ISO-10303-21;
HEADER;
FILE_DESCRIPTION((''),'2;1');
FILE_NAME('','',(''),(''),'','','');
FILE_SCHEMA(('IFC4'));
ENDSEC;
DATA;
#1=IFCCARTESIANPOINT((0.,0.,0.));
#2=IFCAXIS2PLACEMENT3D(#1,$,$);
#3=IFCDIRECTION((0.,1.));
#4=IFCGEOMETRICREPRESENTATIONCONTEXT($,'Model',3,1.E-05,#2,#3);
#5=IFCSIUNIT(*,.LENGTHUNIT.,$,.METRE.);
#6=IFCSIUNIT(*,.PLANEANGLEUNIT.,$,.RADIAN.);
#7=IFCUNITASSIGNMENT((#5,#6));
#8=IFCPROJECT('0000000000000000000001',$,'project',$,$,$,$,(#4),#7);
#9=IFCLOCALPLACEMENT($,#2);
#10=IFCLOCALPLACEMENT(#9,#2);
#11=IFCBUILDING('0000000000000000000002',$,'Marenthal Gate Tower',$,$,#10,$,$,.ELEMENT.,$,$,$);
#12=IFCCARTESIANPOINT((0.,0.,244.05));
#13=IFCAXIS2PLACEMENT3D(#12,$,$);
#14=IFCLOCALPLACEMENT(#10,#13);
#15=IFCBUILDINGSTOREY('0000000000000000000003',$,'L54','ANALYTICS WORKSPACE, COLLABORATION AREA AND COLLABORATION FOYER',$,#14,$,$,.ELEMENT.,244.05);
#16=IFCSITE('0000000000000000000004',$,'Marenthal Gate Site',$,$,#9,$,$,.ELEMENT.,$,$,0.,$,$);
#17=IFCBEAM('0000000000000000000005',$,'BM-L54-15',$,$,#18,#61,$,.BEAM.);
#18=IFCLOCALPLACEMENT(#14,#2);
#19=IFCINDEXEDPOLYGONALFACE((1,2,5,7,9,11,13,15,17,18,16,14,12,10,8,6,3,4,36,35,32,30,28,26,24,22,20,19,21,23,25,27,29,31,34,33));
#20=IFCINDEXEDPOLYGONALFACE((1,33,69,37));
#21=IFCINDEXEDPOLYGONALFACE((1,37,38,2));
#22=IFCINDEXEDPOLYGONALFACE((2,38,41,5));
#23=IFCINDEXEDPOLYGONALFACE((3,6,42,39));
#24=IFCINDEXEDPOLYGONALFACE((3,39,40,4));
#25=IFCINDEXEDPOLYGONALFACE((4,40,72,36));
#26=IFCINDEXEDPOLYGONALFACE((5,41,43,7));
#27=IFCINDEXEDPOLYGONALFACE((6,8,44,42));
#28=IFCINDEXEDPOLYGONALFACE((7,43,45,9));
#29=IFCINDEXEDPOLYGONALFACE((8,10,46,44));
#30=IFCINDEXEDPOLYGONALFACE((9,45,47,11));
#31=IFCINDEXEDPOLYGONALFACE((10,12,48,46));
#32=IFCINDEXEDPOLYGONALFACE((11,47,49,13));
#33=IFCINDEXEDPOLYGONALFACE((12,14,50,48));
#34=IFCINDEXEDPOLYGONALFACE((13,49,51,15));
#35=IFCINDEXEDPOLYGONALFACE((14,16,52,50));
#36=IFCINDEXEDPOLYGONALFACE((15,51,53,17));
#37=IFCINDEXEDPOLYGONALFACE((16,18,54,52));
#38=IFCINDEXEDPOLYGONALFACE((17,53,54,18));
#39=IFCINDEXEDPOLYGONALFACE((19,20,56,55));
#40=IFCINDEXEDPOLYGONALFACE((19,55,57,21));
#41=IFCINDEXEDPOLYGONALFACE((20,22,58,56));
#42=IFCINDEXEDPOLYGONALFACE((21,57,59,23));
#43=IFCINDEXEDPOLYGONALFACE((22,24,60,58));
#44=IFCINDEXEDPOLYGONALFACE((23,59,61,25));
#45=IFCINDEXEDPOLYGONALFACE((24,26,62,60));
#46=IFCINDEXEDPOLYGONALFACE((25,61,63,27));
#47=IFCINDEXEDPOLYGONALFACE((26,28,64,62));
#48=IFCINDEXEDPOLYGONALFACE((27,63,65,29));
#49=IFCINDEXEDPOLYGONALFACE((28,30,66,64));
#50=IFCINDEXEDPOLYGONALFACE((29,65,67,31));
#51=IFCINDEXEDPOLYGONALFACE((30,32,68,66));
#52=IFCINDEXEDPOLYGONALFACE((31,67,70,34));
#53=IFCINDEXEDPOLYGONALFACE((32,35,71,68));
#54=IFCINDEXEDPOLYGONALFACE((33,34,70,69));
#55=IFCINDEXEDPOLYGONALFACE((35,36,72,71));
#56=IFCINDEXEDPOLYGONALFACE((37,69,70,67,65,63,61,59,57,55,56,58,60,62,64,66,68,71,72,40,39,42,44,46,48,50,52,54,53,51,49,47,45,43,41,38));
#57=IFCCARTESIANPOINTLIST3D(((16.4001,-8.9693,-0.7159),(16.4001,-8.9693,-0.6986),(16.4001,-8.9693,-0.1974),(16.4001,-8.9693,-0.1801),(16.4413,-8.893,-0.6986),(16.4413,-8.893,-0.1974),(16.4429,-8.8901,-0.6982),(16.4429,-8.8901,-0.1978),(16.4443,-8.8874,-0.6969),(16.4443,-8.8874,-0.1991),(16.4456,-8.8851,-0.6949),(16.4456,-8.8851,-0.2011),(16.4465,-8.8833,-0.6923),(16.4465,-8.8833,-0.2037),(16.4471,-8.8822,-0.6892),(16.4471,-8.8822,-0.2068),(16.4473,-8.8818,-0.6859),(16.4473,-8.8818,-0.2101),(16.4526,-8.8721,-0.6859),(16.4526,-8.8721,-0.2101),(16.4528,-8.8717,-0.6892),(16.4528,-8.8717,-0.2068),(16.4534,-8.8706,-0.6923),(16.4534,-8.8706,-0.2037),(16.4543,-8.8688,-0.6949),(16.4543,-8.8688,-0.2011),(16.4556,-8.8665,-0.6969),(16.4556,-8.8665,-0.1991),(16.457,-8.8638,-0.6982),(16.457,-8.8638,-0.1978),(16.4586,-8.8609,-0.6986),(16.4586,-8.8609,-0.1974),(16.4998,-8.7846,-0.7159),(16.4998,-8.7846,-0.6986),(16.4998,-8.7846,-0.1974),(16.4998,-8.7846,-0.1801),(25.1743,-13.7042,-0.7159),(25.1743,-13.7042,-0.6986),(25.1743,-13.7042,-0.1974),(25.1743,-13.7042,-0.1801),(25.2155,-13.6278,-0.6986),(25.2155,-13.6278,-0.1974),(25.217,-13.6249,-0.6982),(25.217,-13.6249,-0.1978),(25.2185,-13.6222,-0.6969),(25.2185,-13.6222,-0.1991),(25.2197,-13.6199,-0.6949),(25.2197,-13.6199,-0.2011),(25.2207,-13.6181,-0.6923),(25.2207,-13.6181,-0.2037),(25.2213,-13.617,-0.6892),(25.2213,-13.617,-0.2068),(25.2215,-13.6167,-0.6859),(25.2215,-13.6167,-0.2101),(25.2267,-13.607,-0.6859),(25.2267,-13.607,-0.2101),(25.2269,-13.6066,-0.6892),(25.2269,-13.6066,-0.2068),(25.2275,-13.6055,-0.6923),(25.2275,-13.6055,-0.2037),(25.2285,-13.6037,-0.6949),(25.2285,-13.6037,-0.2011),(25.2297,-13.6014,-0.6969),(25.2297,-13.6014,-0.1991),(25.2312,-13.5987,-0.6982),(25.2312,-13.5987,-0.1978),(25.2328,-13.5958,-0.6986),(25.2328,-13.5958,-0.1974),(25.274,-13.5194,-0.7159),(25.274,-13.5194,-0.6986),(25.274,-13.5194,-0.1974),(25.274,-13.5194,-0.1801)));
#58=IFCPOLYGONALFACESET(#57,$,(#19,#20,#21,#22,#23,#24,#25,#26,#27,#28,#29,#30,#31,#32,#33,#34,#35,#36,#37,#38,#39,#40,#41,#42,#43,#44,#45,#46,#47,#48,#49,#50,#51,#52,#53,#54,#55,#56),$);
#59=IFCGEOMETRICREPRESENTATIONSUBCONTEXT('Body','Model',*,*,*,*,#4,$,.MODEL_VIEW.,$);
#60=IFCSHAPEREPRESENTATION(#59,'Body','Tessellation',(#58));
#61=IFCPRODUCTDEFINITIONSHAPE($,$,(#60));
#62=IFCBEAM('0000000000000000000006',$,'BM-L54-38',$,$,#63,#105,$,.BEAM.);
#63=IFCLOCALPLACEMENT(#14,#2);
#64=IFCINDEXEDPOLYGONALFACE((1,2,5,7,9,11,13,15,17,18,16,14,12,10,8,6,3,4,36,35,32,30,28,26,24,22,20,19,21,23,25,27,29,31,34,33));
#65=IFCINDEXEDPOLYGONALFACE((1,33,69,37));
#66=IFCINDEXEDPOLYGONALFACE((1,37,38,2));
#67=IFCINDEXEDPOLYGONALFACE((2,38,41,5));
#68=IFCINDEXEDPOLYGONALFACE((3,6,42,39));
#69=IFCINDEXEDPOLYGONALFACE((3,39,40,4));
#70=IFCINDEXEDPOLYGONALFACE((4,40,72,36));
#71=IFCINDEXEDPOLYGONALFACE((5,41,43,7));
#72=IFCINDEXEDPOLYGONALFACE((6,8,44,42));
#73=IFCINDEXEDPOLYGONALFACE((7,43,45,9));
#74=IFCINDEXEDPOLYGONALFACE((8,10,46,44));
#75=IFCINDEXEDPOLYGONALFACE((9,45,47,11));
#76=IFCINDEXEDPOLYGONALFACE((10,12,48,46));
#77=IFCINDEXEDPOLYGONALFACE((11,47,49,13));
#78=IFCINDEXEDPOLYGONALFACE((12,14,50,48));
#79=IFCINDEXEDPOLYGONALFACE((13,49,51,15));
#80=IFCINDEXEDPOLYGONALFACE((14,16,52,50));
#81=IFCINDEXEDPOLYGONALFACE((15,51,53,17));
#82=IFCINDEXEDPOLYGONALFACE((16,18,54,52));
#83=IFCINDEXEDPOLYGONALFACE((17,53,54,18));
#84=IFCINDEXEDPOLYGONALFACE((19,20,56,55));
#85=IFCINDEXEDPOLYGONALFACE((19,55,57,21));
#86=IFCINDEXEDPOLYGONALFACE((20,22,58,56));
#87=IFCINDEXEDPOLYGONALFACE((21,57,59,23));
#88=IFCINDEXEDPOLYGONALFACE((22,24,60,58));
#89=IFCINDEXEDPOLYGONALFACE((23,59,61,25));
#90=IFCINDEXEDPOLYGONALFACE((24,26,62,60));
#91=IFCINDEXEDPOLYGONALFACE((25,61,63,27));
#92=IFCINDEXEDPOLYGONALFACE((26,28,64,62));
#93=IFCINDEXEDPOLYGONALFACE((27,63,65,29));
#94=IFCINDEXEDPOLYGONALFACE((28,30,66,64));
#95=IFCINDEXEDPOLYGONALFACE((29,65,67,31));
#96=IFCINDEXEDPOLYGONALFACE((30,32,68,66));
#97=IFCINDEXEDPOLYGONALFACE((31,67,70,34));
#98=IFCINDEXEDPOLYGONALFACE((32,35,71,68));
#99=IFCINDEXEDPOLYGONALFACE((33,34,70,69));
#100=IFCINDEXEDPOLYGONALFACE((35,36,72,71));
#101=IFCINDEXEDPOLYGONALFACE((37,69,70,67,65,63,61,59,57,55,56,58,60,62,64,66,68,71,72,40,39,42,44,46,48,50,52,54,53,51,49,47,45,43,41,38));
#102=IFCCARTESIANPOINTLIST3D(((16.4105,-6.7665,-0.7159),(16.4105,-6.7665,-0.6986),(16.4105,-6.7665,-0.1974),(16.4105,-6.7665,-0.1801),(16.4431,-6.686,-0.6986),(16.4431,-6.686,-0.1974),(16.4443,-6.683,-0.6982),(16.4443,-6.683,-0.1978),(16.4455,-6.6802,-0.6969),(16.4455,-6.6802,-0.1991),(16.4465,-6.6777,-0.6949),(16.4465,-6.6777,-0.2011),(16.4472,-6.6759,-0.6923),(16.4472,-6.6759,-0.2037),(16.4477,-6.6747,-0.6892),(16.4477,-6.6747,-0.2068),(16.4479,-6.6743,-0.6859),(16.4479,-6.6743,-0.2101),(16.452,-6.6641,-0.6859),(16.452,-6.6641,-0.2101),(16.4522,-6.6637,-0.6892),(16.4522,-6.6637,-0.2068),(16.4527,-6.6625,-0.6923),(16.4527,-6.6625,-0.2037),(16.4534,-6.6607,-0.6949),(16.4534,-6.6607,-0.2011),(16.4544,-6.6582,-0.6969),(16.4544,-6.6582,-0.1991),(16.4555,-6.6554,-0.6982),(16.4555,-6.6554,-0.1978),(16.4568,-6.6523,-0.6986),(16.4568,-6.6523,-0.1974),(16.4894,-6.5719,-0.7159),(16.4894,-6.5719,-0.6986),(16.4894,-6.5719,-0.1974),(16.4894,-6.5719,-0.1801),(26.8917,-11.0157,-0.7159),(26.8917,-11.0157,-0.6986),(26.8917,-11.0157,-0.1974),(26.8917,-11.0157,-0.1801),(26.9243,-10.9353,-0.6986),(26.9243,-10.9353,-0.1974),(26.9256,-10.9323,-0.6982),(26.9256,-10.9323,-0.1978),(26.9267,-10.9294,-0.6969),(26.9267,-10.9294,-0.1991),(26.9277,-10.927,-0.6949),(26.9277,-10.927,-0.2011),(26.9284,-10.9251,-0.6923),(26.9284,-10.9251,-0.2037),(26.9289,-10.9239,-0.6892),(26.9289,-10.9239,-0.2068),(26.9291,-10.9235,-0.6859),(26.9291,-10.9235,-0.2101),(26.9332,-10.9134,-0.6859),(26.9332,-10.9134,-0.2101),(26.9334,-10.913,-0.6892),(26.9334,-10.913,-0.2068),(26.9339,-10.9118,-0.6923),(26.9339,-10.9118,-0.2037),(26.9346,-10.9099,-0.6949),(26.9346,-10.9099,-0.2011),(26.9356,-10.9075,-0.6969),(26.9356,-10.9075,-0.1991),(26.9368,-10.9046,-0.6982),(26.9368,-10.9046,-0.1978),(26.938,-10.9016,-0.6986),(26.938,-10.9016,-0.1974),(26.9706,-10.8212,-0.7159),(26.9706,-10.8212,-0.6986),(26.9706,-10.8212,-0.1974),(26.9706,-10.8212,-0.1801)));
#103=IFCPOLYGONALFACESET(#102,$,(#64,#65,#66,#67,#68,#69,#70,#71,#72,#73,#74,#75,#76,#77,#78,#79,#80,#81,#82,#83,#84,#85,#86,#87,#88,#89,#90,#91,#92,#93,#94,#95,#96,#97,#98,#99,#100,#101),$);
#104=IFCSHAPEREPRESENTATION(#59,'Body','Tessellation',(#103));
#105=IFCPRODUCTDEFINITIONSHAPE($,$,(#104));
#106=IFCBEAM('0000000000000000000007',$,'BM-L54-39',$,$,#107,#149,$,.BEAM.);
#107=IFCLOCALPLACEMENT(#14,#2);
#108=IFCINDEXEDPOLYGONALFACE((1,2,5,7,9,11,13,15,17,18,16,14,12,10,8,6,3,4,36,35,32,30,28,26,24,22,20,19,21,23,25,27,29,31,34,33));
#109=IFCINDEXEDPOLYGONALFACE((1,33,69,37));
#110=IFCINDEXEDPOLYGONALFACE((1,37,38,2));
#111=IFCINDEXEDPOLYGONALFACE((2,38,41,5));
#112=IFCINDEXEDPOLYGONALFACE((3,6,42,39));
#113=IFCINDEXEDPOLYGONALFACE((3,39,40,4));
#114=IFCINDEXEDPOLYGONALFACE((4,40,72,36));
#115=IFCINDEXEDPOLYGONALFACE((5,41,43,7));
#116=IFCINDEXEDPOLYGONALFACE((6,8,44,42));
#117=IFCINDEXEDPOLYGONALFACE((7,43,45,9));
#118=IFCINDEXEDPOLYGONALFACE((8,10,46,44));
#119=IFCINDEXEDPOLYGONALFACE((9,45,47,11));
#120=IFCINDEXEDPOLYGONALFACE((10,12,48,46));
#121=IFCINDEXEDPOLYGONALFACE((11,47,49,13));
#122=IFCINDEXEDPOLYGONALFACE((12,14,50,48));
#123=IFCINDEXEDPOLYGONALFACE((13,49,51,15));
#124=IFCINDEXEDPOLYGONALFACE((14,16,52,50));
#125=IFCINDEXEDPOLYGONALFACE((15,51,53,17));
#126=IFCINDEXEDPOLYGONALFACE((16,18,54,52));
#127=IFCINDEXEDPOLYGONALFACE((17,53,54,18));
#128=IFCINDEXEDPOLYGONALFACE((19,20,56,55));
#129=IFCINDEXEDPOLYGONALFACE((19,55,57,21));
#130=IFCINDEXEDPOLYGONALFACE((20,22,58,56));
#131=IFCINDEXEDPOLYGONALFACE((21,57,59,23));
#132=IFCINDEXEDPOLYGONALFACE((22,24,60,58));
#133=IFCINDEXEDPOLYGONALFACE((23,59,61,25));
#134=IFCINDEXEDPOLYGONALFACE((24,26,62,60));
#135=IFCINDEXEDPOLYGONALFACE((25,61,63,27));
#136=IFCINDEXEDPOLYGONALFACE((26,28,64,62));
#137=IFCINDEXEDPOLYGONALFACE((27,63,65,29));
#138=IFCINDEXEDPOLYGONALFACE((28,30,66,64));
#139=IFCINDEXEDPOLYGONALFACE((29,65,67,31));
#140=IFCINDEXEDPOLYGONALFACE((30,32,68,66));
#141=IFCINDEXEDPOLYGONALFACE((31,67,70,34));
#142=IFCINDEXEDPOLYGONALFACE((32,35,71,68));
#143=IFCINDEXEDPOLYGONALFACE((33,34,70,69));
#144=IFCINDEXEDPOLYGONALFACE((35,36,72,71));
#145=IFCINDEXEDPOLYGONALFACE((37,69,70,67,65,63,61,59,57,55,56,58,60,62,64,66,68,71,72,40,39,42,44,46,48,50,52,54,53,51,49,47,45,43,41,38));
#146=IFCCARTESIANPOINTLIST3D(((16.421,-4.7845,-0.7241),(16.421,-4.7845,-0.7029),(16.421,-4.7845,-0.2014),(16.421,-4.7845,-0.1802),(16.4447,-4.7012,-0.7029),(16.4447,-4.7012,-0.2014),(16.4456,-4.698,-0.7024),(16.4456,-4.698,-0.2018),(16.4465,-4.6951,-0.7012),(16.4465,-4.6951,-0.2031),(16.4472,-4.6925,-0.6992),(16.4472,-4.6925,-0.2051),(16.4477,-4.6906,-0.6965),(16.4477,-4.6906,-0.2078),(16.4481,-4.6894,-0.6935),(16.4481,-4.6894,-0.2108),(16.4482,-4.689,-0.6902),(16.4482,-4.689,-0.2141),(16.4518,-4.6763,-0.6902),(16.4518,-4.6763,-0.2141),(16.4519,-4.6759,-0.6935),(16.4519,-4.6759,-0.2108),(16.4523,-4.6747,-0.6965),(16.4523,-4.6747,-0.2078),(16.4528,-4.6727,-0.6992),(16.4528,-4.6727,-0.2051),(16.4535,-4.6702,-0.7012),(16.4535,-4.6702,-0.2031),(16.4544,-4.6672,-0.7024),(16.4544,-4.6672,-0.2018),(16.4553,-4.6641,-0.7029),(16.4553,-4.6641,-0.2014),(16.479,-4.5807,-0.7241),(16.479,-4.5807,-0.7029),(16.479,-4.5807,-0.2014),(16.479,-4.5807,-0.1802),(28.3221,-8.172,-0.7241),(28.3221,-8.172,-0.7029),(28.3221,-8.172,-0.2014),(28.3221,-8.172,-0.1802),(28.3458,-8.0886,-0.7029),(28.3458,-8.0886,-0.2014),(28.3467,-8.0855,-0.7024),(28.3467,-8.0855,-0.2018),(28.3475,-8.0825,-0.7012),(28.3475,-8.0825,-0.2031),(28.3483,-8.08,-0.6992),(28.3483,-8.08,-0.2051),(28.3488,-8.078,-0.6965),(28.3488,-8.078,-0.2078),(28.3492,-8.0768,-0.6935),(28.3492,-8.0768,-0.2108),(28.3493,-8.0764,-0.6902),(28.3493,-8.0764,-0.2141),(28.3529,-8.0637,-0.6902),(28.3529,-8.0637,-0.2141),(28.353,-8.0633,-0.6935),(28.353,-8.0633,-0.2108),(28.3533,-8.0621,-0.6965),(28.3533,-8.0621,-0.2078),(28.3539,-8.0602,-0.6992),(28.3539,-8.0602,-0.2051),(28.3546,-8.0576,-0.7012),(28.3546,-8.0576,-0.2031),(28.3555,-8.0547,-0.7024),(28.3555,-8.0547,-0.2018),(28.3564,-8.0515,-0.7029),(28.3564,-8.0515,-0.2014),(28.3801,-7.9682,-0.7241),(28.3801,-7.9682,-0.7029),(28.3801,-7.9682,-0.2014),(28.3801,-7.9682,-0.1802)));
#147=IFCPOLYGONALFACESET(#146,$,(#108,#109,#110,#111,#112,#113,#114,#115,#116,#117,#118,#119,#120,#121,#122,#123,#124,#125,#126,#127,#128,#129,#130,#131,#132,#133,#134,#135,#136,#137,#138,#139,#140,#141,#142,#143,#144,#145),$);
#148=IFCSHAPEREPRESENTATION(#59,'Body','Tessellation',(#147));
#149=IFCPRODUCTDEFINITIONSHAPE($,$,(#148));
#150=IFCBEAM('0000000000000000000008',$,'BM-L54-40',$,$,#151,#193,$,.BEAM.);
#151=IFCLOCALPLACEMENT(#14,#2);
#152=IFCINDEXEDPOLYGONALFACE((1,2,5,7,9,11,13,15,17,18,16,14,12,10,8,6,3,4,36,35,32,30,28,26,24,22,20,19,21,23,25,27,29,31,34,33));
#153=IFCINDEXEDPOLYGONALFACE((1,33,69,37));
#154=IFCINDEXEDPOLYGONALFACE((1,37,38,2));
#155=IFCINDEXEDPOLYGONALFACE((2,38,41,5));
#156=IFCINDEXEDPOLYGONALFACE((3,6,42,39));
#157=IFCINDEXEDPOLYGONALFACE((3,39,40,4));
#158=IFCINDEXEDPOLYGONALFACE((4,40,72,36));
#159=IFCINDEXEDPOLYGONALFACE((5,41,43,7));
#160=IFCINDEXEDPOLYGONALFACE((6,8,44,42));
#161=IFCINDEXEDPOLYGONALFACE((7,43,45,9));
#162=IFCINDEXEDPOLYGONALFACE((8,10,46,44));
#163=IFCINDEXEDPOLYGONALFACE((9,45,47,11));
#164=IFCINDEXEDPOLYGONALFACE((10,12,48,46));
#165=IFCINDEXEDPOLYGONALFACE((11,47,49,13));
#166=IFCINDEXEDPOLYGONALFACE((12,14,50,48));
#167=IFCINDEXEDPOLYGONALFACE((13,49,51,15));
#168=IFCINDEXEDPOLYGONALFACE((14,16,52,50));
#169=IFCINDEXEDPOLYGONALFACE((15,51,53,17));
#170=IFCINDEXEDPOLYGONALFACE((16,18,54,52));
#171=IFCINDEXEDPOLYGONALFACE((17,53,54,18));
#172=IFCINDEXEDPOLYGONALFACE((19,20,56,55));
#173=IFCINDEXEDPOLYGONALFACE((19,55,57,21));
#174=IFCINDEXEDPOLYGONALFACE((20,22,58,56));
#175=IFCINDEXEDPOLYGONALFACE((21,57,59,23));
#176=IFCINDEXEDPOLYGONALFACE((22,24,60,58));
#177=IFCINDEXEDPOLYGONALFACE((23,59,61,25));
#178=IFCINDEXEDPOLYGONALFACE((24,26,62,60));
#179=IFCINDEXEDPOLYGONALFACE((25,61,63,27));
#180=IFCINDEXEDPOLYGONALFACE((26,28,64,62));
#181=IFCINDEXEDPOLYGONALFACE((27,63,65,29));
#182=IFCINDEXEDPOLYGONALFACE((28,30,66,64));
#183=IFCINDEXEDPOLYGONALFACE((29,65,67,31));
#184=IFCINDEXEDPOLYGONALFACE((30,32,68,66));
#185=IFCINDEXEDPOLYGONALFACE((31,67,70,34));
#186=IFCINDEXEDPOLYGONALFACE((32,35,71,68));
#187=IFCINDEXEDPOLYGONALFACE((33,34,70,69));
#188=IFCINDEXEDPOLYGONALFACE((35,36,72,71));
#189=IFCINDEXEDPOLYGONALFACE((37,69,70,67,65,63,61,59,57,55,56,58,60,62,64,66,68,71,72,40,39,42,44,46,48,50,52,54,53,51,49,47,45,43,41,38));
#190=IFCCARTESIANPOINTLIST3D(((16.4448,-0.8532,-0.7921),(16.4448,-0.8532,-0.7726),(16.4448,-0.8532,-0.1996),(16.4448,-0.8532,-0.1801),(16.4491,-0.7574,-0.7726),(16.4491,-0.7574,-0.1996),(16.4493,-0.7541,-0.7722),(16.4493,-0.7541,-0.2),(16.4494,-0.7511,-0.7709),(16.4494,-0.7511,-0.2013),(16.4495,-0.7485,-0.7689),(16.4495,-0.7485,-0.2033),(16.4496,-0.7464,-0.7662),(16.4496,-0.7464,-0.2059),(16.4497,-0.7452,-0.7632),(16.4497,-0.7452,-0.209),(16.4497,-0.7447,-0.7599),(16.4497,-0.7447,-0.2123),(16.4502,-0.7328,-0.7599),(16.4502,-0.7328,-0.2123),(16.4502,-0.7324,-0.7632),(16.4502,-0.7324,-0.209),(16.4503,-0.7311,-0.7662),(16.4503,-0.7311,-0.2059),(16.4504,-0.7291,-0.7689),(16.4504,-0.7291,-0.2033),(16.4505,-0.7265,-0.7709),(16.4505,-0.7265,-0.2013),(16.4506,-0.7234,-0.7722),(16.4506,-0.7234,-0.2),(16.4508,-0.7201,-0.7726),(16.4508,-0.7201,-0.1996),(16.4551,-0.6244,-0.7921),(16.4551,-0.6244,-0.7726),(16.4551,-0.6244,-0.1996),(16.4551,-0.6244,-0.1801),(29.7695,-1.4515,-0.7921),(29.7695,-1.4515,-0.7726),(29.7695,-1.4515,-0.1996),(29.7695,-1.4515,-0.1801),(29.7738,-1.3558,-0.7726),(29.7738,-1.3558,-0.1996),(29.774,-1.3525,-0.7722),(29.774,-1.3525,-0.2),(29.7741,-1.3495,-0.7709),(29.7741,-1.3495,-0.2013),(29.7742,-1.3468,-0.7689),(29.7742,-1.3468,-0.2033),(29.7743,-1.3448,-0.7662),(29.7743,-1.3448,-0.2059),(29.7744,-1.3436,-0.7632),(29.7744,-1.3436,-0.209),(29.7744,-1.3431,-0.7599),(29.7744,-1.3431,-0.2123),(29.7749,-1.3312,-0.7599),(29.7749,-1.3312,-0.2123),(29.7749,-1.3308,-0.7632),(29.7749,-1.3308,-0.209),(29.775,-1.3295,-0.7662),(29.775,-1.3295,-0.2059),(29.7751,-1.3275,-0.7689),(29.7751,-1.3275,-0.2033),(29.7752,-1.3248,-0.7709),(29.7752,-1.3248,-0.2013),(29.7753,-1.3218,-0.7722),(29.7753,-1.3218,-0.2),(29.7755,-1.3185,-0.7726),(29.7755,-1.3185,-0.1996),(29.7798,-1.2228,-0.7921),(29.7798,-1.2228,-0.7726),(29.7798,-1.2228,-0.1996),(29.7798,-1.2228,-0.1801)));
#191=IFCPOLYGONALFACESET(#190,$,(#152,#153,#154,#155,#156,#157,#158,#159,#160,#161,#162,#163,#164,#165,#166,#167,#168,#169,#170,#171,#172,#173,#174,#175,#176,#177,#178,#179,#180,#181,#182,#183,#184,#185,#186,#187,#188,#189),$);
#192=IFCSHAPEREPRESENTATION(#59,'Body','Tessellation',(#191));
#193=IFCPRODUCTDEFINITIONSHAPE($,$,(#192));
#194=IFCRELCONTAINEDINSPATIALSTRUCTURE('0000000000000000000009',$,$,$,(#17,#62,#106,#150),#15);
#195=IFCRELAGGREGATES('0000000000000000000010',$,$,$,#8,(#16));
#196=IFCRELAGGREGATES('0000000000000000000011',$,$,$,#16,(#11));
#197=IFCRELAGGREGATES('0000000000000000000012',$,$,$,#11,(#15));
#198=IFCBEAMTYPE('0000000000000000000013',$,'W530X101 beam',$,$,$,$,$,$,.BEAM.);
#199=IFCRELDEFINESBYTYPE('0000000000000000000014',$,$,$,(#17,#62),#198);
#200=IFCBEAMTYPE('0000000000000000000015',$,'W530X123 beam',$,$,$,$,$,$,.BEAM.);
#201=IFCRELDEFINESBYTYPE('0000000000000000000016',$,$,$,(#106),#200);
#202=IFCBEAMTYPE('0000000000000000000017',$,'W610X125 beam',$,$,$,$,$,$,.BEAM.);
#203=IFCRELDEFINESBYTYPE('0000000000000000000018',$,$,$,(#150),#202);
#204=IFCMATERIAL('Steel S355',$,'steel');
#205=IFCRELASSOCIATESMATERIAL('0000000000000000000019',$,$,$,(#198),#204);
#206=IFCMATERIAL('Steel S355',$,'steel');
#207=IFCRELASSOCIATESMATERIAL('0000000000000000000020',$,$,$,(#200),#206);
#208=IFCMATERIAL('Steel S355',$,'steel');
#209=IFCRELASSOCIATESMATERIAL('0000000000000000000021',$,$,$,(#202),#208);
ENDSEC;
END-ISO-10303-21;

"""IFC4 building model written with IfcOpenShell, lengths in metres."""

from ifc_helpers import new_model, si_unit, direction, frame, origin, origin_2d, place, context, subcontext, project, spatial, i_section, extrude, material, material_profile, profile_set, type_object, element, save


model = new_model("IFC4")

# Units and contexts
model_context = context("Model", 3, precision=1e-05, world=origin(), true_north=direction((0.0, 1.0)))
body_context = subcontext(model_context, "Body", "Model", "MODEL_VIEW")
ifc_project = project(units=[si_unit("LENGTHUNIT", "METRE"), si_unit("PLANEANGLEUNIT", "RADIAN")], contexts=[model_context])

# Site, building, storey
site_placement = place(None, origin())
site = spatial("IfcSite", under=ifc_project, at=site_placement, Name="Marenthal Gate Site", CompositionType="ELEMENT", RefElevation=0.0)
building_placement = place(site_placement, origin())
building = spatial("IfcBuilding", under=site, at=building_placement, Name="Marenthal Gate Tower", CompositionType="ELEMENT")
storey_placement = place(building_placement, frame((0.0, 0.0, 244.05)))
storey = spatial("IfcBuildingStorey", under=building, at=storey_placement, Name="L54", Description="ANALYTICS WORKSPACE, COLLABORATION AREA AND COLLABORATION FOYER", CompositionType="ELEMENT", Elevation=244.05)

# Beams
ifc_material_1 = material(Name="Steel S355", Category="steel")
ifc_material_profile_1 = material_profile(ifc_material_1, i_section(OverallWidth=0.21, OverallDepth=0.5359, WebThickness=0.011, FlangeThickness=0.0173, FilletRadius=0.0127, at=origin_2d()), Name="W530X101")
ifc_profile_set_1 = profile_set([ifc_material_profile_1], Name="Steel S355")
beam_type_1 = type_object("IfcBeamType", Name="W530X101 beam", PredefinedType="BEAM", material=ifc_profile_set_1)
beam_1_placement = place(storey_placement, frame((25.2241, -13.6118, -0.448), z_axis=(-0.880039, 0.474901, 0.0), x_axis=(-0.474901, -0.880039, 0.0)))
element("IfcBeam", 1, at=beam_1_placement, inside=storey, type_object=beam_type_1, Name="BM-L54-15", PredefinedType="BEAM", context=body_context, shape_type="SweptSolid", body=[
    extrude(i_section(OverallWidth=0.21, OverallDepth=0.5359, WebThickness=0.011, FlangeThickness=0.0173, FilletRadius=0.0127, at=origin_2d()), origin(), (0.0, 0.0, 1.0), 9.9702),
])
beam_2_placement = place(storey_placement, frame((26.9312, -10.9185, -0.448), z_axis=(-0.926735, 0.375715, 0.0), x_axis=(-0.375715, -0.926735, 0.0)))
element("IfcBeam", 2, at=beam_2_placement, inside=storey, type_object=beam_type_1, Name="BM-L54-38", PredefinedType="BEAM", context=body_context, shape_type="SweptSolid", body=[
    extrude(i_section(OverallWidth=0.21, OverallDepth=0.5359, WebThickness=0.011, FlangeThickness=0.0173, FilletRadius=0.0127, at=origin_2d()), origin(), (0.0, 0.0, 1.0), 11.3098),
])
ifc_material_2 = material(Name="Steel S355", Category="steel")
ifc_material_profile_2 = material_profile(ifc_material_2, i_section(OverallWidth=0.2119, OverallDepth=0.5439, WebThickness=0.0132, FlangeThickness=0.0212, FilletRadius=0.0127, at=origin_2d()), Name="W530X123")
ifc_profile_set_2 = profile_set([ifc_material_profile_2], Name="Steel S355")
beam_type_2 = type_object("IfcBeamType", Name="W530X123 beam", PredefinedType="BEAM", material=ifc_profile_set_2)
beam_3_placement = place(storey_placement, frame((28.3511, -8.0701, -0.4521), z_axis=(-0.961798, 0.273759, 0.0), x_axis=(-0.273759, -0.961798, 0.0)))
element("IfcBeam", 3, at=beam_3_placement, inside=storey, type_object=beam_type_2, Name="BM-L54-39", PredefinedType="BEAM", context=body_context, shape_type="SweptSolid", body=[
    extrude(i_section(OverallWidth=0.2119, OverallDepth=0.5439, WebThickness=0.0132, FlangeThickness=0.0212, FilletRadius=0.0127, at=origin_2d()), origin(), (0.0, 0.0, 1.0), 12.3738),
])
ifc_material_3 = material(Name="Steel S355", Category="steel")
ifc_material_profile_3 = material_profile(ifc_material_3, i_section(OverallWidth=0.229, OverallDepth=0.6121, WebThickness=0.012, FlangeThickness=0.0195, FilletRadius=0.0127, at=origin_2d()), Name="W610X125")
ifc_profile_set_3 = profile_set([ifc_material_profile_3], Name="Steel S355")
beam_type_3 = type_object("IfcBeamType", Name="W610X125 beam", PredefinedType="BEAM", material=ifc_profile_set_3)
beam_4_placement = place(storey_placement, frame((29.7747, -1.3372, -0.4861), z_axis=(-0.998993, 0.044863, 0.0), x_axis=(-0.044863, -0.998993, 0.0)))
element("IfcBeam", 4, at=beam_4_placement, inside=storey, type_object=beam_type_3, Name="BM-L54-40", PredefinedType="BEAM", context=body_context, shape_type="SweptSolid", body=[
    extrude(i_section(OverallWidth=0.229, OverallDepth=0.6121, WebThickness=0.012, FlangeThickness=0.0195, FilletRadius=0.0127, at=origin_2d()), origin(), (0.0, 0.0, 1.0), 13.3381),
])

save(model, "model.ifc")
